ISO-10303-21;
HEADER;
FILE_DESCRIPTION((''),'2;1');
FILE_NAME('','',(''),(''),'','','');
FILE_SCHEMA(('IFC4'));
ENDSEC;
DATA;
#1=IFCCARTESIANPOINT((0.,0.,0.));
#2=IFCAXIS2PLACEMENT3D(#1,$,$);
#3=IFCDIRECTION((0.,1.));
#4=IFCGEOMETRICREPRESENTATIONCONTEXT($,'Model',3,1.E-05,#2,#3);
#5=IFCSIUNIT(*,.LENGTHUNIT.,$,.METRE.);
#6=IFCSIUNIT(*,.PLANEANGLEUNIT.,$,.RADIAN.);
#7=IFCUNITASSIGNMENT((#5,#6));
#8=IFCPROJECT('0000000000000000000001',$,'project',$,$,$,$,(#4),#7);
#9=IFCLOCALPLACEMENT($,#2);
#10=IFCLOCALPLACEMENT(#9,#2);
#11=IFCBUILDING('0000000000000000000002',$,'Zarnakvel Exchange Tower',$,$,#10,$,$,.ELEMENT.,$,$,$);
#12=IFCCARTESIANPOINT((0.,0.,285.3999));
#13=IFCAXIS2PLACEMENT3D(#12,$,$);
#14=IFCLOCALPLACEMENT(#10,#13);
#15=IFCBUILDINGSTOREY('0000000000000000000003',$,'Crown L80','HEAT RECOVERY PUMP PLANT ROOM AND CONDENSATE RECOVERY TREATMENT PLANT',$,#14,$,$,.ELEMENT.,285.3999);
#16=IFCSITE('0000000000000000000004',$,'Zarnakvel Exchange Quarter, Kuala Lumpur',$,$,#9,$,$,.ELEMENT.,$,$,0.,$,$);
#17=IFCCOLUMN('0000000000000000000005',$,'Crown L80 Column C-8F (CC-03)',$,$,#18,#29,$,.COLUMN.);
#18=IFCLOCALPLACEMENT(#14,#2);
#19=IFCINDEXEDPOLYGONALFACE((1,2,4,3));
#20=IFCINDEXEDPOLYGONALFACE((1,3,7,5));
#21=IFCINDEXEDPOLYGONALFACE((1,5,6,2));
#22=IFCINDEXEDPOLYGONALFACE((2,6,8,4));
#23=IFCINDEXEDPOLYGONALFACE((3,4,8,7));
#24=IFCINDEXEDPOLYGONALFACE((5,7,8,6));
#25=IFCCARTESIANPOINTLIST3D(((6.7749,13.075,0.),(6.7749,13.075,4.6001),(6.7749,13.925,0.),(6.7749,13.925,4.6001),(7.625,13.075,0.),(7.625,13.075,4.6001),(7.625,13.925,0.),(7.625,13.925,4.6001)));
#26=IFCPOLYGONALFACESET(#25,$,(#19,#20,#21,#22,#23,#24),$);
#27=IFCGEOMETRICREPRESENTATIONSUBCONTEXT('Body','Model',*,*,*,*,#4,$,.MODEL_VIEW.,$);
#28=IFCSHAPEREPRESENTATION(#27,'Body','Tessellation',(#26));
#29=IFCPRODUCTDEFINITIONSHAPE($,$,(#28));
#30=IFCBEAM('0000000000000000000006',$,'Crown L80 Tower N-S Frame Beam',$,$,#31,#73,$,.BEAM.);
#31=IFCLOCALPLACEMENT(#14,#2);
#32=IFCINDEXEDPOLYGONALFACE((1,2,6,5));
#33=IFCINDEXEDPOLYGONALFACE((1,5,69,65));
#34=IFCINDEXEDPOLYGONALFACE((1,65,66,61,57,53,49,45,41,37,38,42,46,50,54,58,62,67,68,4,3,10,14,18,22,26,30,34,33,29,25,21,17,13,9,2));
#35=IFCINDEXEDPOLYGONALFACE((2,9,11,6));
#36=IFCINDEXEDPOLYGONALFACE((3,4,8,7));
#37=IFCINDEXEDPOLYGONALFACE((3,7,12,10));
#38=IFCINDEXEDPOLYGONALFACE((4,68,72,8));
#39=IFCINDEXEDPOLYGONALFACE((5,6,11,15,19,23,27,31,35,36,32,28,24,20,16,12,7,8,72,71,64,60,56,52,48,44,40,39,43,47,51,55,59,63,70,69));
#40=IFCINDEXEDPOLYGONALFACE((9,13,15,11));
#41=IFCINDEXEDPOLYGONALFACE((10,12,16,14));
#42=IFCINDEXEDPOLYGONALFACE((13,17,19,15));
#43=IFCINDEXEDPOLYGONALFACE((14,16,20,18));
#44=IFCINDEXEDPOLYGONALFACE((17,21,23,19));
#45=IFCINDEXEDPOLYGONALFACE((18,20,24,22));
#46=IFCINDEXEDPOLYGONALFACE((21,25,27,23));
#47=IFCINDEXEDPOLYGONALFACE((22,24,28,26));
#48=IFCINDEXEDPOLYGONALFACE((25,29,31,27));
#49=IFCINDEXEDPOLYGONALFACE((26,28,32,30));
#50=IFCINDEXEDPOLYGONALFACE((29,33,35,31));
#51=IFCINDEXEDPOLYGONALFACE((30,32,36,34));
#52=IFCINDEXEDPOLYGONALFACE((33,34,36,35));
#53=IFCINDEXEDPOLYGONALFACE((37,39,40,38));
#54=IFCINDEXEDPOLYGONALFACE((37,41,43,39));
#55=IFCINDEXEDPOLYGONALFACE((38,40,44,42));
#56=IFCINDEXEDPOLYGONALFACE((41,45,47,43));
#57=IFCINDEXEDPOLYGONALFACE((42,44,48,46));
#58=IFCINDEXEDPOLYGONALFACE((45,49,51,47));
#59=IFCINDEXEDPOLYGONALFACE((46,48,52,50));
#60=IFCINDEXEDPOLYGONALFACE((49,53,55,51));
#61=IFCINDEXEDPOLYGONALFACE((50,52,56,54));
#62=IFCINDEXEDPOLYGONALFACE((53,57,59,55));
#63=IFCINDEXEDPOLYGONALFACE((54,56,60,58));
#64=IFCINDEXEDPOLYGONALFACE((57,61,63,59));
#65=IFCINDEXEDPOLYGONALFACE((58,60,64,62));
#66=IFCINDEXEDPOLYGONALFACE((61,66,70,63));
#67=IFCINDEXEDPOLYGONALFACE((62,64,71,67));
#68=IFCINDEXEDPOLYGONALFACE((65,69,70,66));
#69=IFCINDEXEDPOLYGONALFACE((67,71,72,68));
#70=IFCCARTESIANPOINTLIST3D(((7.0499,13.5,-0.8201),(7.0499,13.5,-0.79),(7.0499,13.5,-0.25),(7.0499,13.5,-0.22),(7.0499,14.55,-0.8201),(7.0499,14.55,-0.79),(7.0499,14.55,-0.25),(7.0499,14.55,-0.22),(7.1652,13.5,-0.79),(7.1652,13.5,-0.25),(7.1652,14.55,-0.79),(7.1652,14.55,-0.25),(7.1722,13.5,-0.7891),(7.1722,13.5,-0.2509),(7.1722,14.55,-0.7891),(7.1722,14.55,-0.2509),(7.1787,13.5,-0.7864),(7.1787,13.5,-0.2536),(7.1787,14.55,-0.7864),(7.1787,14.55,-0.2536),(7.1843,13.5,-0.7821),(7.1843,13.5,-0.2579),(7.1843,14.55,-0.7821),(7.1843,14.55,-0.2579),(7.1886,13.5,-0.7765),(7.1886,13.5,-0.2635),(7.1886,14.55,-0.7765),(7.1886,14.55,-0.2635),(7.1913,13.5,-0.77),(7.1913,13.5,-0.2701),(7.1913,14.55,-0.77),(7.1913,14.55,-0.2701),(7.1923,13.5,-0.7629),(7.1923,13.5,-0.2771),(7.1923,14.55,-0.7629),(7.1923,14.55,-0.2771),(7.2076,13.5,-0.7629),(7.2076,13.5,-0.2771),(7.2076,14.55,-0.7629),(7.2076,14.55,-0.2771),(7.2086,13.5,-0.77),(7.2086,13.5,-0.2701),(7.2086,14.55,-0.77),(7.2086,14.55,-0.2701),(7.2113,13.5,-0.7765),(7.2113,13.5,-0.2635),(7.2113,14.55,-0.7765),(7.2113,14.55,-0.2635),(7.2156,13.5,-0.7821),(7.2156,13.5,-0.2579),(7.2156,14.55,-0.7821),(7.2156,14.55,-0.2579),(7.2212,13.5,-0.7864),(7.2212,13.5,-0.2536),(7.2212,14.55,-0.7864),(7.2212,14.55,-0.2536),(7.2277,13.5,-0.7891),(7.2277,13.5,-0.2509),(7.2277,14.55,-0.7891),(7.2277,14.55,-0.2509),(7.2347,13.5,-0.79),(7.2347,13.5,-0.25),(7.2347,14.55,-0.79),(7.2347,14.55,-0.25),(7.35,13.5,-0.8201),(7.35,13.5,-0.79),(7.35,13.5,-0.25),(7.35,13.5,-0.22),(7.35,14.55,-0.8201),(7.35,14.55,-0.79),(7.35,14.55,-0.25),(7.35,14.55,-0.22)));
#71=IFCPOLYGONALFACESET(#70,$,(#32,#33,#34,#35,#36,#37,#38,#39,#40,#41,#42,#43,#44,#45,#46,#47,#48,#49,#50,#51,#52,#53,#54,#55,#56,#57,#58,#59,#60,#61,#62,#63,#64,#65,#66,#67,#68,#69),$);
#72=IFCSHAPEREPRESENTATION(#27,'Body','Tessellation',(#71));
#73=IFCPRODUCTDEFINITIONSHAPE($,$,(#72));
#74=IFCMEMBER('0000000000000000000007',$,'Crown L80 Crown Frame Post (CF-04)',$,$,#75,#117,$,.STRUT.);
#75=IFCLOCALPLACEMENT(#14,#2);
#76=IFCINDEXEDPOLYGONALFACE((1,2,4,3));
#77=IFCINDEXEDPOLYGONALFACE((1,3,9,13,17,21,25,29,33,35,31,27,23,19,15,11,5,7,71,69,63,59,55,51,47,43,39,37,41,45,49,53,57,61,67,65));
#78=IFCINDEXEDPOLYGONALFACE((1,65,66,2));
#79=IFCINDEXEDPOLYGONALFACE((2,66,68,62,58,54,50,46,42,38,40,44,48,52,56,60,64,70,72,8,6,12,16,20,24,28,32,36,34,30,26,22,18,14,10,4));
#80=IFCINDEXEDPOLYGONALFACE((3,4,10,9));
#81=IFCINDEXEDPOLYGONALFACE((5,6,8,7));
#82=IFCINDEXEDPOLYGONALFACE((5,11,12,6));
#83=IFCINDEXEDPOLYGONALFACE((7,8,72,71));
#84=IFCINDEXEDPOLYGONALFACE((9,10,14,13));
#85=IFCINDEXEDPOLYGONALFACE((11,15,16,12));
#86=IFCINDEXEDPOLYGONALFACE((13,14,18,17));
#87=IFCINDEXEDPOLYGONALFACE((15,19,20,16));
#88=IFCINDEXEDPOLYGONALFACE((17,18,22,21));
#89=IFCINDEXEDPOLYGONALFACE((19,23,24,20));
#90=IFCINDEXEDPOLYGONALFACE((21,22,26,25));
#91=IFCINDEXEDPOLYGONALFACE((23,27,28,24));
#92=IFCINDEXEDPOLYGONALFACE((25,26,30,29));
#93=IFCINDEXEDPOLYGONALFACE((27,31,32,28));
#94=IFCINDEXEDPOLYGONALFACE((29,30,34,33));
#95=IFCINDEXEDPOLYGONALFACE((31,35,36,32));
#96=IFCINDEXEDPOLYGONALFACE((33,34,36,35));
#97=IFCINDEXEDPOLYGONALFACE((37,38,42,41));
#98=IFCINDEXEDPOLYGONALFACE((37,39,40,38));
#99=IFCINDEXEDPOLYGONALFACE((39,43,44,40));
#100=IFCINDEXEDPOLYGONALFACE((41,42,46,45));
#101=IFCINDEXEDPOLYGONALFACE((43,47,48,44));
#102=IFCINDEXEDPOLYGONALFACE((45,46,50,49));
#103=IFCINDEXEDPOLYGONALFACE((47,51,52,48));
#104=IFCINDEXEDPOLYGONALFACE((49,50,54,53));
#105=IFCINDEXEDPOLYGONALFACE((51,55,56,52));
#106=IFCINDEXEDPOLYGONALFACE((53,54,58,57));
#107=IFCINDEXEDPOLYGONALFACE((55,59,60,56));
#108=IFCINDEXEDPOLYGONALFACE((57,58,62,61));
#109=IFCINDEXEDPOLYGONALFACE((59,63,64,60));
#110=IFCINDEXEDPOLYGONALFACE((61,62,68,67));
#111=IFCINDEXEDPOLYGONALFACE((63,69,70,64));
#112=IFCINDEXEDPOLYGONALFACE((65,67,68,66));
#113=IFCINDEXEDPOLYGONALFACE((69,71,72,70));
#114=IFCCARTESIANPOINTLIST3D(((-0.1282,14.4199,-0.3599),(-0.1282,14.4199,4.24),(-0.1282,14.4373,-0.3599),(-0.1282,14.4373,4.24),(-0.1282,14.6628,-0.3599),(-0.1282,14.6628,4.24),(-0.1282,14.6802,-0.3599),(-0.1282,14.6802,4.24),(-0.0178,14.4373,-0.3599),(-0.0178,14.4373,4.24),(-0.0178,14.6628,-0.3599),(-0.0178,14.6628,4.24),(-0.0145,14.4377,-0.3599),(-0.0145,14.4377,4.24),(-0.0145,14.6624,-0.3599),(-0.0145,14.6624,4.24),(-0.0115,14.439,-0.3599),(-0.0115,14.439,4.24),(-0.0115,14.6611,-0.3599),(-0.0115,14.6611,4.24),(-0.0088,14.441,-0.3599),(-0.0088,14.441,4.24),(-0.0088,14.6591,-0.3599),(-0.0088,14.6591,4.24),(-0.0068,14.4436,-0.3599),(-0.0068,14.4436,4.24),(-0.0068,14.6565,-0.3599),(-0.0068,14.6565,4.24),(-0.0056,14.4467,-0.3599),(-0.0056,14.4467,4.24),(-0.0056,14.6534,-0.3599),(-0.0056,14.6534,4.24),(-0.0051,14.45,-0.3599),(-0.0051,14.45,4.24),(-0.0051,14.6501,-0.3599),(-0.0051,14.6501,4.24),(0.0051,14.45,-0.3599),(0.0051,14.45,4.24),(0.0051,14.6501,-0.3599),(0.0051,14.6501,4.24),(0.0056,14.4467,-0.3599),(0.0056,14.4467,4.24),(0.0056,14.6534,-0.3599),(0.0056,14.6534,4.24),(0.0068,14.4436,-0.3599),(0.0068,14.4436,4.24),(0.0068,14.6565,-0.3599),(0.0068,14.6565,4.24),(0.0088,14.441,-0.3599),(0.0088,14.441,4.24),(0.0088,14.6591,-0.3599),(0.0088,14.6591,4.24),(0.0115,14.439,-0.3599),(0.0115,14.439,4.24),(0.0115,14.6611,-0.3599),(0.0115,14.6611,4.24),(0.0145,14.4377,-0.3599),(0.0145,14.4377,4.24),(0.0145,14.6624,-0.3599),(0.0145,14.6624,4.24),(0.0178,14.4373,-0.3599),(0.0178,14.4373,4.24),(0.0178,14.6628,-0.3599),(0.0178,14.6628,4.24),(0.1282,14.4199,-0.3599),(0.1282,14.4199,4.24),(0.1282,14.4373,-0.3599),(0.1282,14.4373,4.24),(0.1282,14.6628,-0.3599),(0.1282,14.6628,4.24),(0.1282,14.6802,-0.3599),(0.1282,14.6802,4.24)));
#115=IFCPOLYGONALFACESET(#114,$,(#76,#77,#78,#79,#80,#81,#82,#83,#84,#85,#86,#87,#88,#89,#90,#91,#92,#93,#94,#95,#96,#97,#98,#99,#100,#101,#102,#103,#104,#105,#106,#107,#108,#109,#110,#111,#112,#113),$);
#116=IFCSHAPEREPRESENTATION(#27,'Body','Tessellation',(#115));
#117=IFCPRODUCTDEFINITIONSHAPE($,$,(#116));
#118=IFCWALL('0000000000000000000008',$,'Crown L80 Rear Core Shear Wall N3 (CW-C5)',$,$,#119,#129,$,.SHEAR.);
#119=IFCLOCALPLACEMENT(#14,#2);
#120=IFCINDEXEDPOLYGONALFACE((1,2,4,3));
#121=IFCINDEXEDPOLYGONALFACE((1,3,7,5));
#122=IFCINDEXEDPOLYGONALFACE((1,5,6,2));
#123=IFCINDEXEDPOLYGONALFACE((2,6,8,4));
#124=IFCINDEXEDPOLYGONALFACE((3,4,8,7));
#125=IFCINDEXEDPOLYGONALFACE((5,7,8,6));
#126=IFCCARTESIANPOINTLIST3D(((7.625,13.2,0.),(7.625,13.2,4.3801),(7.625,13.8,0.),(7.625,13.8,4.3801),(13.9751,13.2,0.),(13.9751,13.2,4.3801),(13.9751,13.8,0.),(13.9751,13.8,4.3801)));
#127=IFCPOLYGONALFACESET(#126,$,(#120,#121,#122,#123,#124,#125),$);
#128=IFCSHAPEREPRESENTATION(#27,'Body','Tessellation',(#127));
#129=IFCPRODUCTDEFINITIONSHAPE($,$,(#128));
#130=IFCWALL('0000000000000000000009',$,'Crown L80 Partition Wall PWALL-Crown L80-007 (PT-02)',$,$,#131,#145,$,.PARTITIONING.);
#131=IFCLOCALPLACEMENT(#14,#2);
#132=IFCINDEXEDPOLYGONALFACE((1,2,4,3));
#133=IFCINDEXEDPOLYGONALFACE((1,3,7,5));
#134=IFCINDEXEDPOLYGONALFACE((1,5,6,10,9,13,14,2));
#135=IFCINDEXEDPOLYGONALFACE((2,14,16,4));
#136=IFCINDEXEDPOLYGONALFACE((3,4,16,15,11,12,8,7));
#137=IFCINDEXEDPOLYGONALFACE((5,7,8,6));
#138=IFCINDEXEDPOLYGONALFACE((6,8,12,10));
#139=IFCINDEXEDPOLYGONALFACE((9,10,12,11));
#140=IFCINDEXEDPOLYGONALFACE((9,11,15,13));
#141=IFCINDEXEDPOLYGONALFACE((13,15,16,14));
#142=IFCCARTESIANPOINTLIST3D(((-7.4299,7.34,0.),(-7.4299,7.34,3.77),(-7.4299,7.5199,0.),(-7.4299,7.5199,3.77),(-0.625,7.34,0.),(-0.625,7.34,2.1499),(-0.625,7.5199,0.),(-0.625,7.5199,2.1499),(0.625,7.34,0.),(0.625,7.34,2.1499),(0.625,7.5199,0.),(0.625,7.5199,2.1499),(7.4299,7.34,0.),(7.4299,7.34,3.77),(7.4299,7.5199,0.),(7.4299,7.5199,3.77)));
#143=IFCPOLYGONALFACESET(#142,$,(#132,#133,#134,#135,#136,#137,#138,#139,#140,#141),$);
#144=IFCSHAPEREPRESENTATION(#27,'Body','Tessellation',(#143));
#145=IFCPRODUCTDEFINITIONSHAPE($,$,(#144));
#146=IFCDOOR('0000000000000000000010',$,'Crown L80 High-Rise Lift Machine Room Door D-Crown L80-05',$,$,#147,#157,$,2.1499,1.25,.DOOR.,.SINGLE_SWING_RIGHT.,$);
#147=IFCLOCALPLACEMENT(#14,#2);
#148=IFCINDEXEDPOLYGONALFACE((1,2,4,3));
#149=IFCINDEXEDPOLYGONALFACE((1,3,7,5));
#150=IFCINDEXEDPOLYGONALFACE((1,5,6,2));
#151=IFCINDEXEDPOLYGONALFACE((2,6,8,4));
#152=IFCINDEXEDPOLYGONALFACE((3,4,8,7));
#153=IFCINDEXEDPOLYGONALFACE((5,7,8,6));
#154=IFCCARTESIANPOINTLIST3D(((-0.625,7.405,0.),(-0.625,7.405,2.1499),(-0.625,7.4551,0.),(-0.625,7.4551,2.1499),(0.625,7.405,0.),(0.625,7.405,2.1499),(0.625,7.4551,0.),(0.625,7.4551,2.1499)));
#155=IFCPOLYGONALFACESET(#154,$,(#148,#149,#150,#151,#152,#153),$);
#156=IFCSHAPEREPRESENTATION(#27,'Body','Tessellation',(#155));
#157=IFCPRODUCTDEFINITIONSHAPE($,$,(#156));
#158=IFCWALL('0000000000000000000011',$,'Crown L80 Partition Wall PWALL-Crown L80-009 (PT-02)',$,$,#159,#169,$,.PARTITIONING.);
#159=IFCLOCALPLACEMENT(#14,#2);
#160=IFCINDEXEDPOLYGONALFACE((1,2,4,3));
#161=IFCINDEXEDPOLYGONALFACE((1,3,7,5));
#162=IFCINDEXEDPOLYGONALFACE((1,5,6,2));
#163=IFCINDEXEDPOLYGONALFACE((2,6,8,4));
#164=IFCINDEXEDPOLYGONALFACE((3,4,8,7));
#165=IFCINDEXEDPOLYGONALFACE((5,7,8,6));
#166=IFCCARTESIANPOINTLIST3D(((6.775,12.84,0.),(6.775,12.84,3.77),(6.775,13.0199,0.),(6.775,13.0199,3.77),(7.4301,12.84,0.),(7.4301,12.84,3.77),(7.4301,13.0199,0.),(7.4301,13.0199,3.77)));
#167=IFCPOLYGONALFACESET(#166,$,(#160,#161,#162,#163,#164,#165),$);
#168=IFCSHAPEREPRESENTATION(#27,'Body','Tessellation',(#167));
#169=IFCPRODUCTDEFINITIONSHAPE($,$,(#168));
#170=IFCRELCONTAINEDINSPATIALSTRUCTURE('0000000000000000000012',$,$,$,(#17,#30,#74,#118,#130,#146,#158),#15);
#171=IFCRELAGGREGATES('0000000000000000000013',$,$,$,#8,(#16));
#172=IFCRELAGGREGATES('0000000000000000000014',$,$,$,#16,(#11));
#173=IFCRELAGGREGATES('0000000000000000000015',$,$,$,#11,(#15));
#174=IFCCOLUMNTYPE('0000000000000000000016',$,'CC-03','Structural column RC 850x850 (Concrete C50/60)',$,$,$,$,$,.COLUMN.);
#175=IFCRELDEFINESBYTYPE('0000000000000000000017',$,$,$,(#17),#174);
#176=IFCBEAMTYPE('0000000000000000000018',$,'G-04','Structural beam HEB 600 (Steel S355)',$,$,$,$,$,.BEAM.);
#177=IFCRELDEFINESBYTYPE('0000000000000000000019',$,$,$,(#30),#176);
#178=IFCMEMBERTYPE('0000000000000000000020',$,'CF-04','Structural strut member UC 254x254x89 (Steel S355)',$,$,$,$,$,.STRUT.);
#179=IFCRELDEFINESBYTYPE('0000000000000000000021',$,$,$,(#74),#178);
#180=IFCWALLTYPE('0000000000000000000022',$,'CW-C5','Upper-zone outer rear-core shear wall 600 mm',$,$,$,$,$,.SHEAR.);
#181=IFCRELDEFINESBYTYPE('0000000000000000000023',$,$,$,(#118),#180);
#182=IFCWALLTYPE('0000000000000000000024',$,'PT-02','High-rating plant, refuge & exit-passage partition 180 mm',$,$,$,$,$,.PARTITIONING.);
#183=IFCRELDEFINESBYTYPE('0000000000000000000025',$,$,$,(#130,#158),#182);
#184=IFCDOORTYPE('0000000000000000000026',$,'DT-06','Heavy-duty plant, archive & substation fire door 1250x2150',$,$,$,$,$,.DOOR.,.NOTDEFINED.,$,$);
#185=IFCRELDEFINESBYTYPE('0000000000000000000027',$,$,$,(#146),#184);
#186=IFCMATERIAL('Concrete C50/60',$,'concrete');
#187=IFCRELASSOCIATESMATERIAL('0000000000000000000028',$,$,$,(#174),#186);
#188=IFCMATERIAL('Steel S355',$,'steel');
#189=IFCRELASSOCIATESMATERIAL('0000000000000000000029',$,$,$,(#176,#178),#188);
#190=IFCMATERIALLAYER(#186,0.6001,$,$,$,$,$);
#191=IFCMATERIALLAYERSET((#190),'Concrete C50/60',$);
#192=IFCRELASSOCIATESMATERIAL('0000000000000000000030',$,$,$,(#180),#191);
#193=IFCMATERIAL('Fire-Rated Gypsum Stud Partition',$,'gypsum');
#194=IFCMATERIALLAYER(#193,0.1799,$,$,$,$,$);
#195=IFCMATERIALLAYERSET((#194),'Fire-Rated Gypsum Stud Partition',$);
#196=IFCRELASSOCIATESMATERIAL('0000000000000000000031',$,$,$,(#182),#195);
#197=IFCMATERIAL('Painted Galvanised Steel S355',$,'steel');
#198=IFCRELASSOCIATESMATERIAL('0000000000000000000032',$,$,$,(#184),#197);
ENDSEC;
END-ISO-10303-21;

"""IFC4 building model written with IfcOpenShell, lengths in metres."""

from ifc_helpers import new_model, si_unit, direction, frame, frame_2d, origin, origin_2d, place, context, subcontext, project, spatial, rectangle, i_section, extrude, source, transform, mapped, material, layer, layer_set, material_profile, profile_set, type_object, element, fill, save


model = new_model("IFC4")

# Units and contexts
model_context = context("Model", 3, precision=1e-05, world=origin(), true_north=direction((0.0, 1.0)))
body_context = subcontext(model_context, "Body", "Model", "MODEL_VIEW")
ifc_project = project(units=[si_unit("LENGTHUNIT", "METRE"), si_unit("PLANEANGLEUNIT", "RADIAN")], contexts=[model_context])

# Site, building, storey
site_placement = place(None, origin())
site = spatial("IfcSite", under=ifc_project, at=site_placement, Name="Zarnakvel Exchange Quarter, Kuala Lumpur", CompositionType="ELEMENT", RefElevation=0.0)
building_placement = place(site_placement, origin())
building = spatial("IfcBuilding", under=site, at=building_placement, Name="Zarnakvel Exchange Tower", CompositionType="ELEMENT")
storey_placement = place(building_placement, frame((0.0, 0.0, 285.3999)))
storey = spatial("IfcBuildingStorey", under=building, at=storey_placement, Name="Crown L80", Description="HEAT RECOVERY PUMP PLANT ROOM AND CONDENSATE RECOVERY TREATMENT PLANT", CompositionType="ELEMENT", Elevation=285.3999)

# Column
ifc_material_1 = material(Name="Concrete C50/60", Category="concrete")
ifc_material_profile_1 = material_profile(ifc_material_1, rectangle(XDim=0.8501, YDim=0.8501, at=origin_2d()))
ifc_profile_set_1 = profile_set([ifc_material_profile_1], Name="Concrete C50/60")
column_type = type_object("IfcColumnType", Name="CC-03", Description="Structural column RC 850x850 (Concrete C50/60)", PredefinedType="COLUMN", material=ifc_profile_set_1)
column_placement = place(storey_placement, frame((7.2, 13.5, 0.0), z_axis=(0.0, 0.0, 1.0), x_axis=(1.0, 0.0, 0.0)))
element("IfcColumn", 1, at=column_placement, inside=storey, type_object=column_type, Name="Crown L80 Column C-8F (CC-03)", PredefinedType="COLUMN", context=body_context, shape_type="SweptSolid", body=[
    extrude(rectangle(XDim=0.8501, YDim=0.8501, at=origin_2d()), origin(), (0.0, 0.0, 1.0), 4.6001),
])

# Beam
ifc_material_2 = material(Name="Steel S355", Category="steel")
ifc_material_profile_2 = material_profile(ifc_material_2, i_section(OverallWidth=0.3, OverallDepth=0.6001, WebThickness=0.0154, FlangeThickness=0.03, FilletRadius=0.0271, at=origin_2d()))
ifc_profile_set_2 = profile_set([ifc_material_profile_2], Name="Steel S355")
beam_type = type_object("IfcBeamType", Name="G-04", Description="Structural beam HEB 600 (Steel S355)", PredefinedType="BEAM", material=ifc_profile_set_2)
beam_placement = place(storey_placement, frame((7.2, 13.5, -0.52), z_axis=(0.0, 1.0, 0.0), x_axis=(-1.0, 0.0, 0.0)))
element("IfcBeam", 2, at=beam_placement, inside=storey, type_object=beam_type, Name="Crown L80 Tower N-S Frame Beam", PredefinedType="BEAM", context=body_context, shape_type="SweptSolid", body=[
    extrude(i_section(OverallWidth=0.3, OverallDepth=0.6001, WebThickness=0.0154, FlangeThickness=0.03, FilletRadius=0.0271, at=origin_2d()), origin(), (0.0, 0.0, 1.0), 1.05),
])

# Member
ifc_material_profile_3 = material_profile(ifc_material_2, i_section(OverallWidth=0.2563, OverallDepth=0.2603, WebThickness=0.0103, FlangeThickness=0.0173, FilletRadius=0.0127, at=origin_2d()))
ifc_profile_set_3 = profile_set([ifc_material_profile_3], Name="Steel S355")
member_type = type_object("IfcMemberType", Name="CF-04", Description="Structural strut member UC 254x254x89 (Steel S355)", PredefinedType="STRUT", material=ifc_profile_set_3)
shared_shape_1 = source(origin(), body_context, "Body", "SweptSolid", [
    extrude(i_section(OverallWidth=0.2563, OverallDepth=0.2603, WebThickness=0.0103, FlangeThickness=0.0173, FilletRadius=0.0127, at=origin_2d()), origin(), (0.0, 0.0, 1.0), 4.5999),
])
member_placement = place(storey_placement, frame((0.0, 14.55, -0.3599), z_axis=(0.0, 0.0, 1.0), x_axis=(1.0, 0.0, 0.0)))
element("IfcMember", 3, at=member_placement, inside=storey, type_object=member_type, Name="Crown L80 Crown Frame Post (CF-04)", PredefinedType="STRUT", context=body_context, shape_type="MappedRepresentation", body=[
    mapped(shared_shape_1, transform((0.0, 0.0, 0.0), x_axis=(1.0, 0.0, 0.0), y_axis=(0.0, 1.0, 0.0), z_axis=(0.0, 0.0, 1.0), scale=1.0)),
])

# Wall
ifc_layer_1 = layer(ifc_material_1, 0.6001)
ifc_layer_set_1 = layer_set([ifc_layer_1], Name="Concrete C50/60")
wall_type_1 = type_object("IfcWallType", Name="CW-C5", Description="Upper-zone outer rear-core shear wall 600 mm", PredefinedType="SHEAR", material=ifc_layer_set_1)
wall_1_placement = place(storey_placement, frame((7.625, 13.5, 0.0), z_axis=(0.0, 0.0, 1.0), x_axis=(1.0, 0.0, 0.0)))
element("IfcWall", 4, at=wall_1_placement, inside=storey, type_object=wall_type_1, Name="Crown L80 Rear Core Shear Wall N3 (CW-C5)", PredefinedType="SHEAR", context=body_context, shape_type="SweptSolid", body=[
    extrude(rectangle(XDim=6.3501, YDim=0.6001, at=frame_2d((3.175, 0.0))), origin(), (0.0, 0.0, 1.0), 4.3801),
])

# Wall, opening, door
ifc_material_3 = material(Name="Fire-Rated Gypsum Stud Partition", Category="gypsum")
ifc_layer_2 = layer(ifc_material_3, 0.1799)
ifc_layer_set_2 = layer_set([ifc_layer_2], Name="Fire-Rated Gypsum Stud Partition")
wall_type_2 = type_object("IfcWallType", Name="PT-02", Description="High-rating plant, refuge & exit-passage partition 180 mm", PredefinedType="PARTITIONING", material=ifc_layer_set_2)
wall_2_placement = place(storey_placement, frame((7.4299, 7.4299, 0.0), z_axis=(0.0, 0.0, 1.0), x_axis=(-1.0, 0.0, 0.0)))
wall_2 = element("IfcWall", 5, at=wall_2_placement, inside=storey, type_object=wall_type_2, Name="Crown L80 Partition Wall PWALL-Crown L80-007 (PT-02)", PredefinedType="PARTITIONING", context=body_context, shape_type="SweptSolid", body=[
    extrude(rectangle(XDim=14.8599, YDim=0.1799, at=frame_2d((7.4299, 0.0))), origin(), (0.0, 0.0, 1.0), 3.77),
])
opening_1_placement = place(wall_2_placement, frame((6.8049, 0.0, 0.0)))
opening_1 = element("IfcOpeningElement", 6, at=opening_1_placement, cuts=wall_2, PredefinedType="OPENING", context=body_context, shape_type="SweptSolid", body=[
    extrude(rectangle(XDim=1.25, YDim=2.1499, at=frame_2d((0.625, 1.075))), frame((0.0, 0.0999, 0.0), z_axis=(0.0, -1.0, 0.0), x_axis=(1.0, 0.0, 0.0)), (0.0, 0.0, 1.0), 0.2),
])
ifc_material_4 = material(Name="Painted Galvanised Steel S355", Category="steel")
door_type_1 = type_object("IfcDoorType", Name="DT-06", Description="Heavy-duty plant, archive & substation fire door 1250x2150", OperationType="NOTDEFINED", PredefinedType="DOOR", material=ifc_material_4)
shared_shape_2 = source(origin(), body_context, "Body", "SweptSolid", [
    extrude(rectangle(XDim=1.25, YDim=2.1499, at=frame_2d((0.625, 1.075))), frame((0.0, 0.0249, 0.0), z_axis=(0.0, -1.0, 0.0), x_axis=(1.0, 0.0, 0.0)), (0.0, 0.0, 1.0), 0.05),
])
door_1_placement = place(opening_1_placement, origin())
door_1 = element("IfcDoor", 7, at=door_1_placement, inside=storey, type_object=door_type_1, Name="Crown L80 High-Rise Lift Machine Room Door D-Crown L80-05", OperationType="SINGLE_SWING_RIGHT", OverallHeight=2.1499, OverallWidth=1.25, PredefinedType="DOOR", context=body_context, shape_type="MappedRepresentation", body=[
    mapped(shared_shape_2, transform((0.0, 0.0, 0.0), x_axis=(1.0, 0.0, 0.0), y_axis=(0.0, 1.0, 0.0), z_axis=(0.0, 0.0, 1.0), scale=1.0)),
])
fill(opening_1, door_1)

# Wall
wall_3_placement = place(storey_placement, frame((6.7749, 12.9299, 0.0), z_axis=(0.0, 0.0, 1.0), x_axis=(1.0, 0.0, 0.0)))
element("IfcWall", 8, at=wall_3_placement, inside=storey, type_object=wall_type_2, Name="Crown L80 Partition Wall PWALL-Crown L80-009 (PT-02)", PredefinedType="PARTITIONING", context=body_context, shape_type="SweptSolid", body=[
    extrude(rectangle(XDim=0.655, YDim=0.1799, at=frame_2d((0.3276, 0.0))), origin(), (0.0, 0.0, 1.0), 3.77),
])

save(model, "model.ifc")
